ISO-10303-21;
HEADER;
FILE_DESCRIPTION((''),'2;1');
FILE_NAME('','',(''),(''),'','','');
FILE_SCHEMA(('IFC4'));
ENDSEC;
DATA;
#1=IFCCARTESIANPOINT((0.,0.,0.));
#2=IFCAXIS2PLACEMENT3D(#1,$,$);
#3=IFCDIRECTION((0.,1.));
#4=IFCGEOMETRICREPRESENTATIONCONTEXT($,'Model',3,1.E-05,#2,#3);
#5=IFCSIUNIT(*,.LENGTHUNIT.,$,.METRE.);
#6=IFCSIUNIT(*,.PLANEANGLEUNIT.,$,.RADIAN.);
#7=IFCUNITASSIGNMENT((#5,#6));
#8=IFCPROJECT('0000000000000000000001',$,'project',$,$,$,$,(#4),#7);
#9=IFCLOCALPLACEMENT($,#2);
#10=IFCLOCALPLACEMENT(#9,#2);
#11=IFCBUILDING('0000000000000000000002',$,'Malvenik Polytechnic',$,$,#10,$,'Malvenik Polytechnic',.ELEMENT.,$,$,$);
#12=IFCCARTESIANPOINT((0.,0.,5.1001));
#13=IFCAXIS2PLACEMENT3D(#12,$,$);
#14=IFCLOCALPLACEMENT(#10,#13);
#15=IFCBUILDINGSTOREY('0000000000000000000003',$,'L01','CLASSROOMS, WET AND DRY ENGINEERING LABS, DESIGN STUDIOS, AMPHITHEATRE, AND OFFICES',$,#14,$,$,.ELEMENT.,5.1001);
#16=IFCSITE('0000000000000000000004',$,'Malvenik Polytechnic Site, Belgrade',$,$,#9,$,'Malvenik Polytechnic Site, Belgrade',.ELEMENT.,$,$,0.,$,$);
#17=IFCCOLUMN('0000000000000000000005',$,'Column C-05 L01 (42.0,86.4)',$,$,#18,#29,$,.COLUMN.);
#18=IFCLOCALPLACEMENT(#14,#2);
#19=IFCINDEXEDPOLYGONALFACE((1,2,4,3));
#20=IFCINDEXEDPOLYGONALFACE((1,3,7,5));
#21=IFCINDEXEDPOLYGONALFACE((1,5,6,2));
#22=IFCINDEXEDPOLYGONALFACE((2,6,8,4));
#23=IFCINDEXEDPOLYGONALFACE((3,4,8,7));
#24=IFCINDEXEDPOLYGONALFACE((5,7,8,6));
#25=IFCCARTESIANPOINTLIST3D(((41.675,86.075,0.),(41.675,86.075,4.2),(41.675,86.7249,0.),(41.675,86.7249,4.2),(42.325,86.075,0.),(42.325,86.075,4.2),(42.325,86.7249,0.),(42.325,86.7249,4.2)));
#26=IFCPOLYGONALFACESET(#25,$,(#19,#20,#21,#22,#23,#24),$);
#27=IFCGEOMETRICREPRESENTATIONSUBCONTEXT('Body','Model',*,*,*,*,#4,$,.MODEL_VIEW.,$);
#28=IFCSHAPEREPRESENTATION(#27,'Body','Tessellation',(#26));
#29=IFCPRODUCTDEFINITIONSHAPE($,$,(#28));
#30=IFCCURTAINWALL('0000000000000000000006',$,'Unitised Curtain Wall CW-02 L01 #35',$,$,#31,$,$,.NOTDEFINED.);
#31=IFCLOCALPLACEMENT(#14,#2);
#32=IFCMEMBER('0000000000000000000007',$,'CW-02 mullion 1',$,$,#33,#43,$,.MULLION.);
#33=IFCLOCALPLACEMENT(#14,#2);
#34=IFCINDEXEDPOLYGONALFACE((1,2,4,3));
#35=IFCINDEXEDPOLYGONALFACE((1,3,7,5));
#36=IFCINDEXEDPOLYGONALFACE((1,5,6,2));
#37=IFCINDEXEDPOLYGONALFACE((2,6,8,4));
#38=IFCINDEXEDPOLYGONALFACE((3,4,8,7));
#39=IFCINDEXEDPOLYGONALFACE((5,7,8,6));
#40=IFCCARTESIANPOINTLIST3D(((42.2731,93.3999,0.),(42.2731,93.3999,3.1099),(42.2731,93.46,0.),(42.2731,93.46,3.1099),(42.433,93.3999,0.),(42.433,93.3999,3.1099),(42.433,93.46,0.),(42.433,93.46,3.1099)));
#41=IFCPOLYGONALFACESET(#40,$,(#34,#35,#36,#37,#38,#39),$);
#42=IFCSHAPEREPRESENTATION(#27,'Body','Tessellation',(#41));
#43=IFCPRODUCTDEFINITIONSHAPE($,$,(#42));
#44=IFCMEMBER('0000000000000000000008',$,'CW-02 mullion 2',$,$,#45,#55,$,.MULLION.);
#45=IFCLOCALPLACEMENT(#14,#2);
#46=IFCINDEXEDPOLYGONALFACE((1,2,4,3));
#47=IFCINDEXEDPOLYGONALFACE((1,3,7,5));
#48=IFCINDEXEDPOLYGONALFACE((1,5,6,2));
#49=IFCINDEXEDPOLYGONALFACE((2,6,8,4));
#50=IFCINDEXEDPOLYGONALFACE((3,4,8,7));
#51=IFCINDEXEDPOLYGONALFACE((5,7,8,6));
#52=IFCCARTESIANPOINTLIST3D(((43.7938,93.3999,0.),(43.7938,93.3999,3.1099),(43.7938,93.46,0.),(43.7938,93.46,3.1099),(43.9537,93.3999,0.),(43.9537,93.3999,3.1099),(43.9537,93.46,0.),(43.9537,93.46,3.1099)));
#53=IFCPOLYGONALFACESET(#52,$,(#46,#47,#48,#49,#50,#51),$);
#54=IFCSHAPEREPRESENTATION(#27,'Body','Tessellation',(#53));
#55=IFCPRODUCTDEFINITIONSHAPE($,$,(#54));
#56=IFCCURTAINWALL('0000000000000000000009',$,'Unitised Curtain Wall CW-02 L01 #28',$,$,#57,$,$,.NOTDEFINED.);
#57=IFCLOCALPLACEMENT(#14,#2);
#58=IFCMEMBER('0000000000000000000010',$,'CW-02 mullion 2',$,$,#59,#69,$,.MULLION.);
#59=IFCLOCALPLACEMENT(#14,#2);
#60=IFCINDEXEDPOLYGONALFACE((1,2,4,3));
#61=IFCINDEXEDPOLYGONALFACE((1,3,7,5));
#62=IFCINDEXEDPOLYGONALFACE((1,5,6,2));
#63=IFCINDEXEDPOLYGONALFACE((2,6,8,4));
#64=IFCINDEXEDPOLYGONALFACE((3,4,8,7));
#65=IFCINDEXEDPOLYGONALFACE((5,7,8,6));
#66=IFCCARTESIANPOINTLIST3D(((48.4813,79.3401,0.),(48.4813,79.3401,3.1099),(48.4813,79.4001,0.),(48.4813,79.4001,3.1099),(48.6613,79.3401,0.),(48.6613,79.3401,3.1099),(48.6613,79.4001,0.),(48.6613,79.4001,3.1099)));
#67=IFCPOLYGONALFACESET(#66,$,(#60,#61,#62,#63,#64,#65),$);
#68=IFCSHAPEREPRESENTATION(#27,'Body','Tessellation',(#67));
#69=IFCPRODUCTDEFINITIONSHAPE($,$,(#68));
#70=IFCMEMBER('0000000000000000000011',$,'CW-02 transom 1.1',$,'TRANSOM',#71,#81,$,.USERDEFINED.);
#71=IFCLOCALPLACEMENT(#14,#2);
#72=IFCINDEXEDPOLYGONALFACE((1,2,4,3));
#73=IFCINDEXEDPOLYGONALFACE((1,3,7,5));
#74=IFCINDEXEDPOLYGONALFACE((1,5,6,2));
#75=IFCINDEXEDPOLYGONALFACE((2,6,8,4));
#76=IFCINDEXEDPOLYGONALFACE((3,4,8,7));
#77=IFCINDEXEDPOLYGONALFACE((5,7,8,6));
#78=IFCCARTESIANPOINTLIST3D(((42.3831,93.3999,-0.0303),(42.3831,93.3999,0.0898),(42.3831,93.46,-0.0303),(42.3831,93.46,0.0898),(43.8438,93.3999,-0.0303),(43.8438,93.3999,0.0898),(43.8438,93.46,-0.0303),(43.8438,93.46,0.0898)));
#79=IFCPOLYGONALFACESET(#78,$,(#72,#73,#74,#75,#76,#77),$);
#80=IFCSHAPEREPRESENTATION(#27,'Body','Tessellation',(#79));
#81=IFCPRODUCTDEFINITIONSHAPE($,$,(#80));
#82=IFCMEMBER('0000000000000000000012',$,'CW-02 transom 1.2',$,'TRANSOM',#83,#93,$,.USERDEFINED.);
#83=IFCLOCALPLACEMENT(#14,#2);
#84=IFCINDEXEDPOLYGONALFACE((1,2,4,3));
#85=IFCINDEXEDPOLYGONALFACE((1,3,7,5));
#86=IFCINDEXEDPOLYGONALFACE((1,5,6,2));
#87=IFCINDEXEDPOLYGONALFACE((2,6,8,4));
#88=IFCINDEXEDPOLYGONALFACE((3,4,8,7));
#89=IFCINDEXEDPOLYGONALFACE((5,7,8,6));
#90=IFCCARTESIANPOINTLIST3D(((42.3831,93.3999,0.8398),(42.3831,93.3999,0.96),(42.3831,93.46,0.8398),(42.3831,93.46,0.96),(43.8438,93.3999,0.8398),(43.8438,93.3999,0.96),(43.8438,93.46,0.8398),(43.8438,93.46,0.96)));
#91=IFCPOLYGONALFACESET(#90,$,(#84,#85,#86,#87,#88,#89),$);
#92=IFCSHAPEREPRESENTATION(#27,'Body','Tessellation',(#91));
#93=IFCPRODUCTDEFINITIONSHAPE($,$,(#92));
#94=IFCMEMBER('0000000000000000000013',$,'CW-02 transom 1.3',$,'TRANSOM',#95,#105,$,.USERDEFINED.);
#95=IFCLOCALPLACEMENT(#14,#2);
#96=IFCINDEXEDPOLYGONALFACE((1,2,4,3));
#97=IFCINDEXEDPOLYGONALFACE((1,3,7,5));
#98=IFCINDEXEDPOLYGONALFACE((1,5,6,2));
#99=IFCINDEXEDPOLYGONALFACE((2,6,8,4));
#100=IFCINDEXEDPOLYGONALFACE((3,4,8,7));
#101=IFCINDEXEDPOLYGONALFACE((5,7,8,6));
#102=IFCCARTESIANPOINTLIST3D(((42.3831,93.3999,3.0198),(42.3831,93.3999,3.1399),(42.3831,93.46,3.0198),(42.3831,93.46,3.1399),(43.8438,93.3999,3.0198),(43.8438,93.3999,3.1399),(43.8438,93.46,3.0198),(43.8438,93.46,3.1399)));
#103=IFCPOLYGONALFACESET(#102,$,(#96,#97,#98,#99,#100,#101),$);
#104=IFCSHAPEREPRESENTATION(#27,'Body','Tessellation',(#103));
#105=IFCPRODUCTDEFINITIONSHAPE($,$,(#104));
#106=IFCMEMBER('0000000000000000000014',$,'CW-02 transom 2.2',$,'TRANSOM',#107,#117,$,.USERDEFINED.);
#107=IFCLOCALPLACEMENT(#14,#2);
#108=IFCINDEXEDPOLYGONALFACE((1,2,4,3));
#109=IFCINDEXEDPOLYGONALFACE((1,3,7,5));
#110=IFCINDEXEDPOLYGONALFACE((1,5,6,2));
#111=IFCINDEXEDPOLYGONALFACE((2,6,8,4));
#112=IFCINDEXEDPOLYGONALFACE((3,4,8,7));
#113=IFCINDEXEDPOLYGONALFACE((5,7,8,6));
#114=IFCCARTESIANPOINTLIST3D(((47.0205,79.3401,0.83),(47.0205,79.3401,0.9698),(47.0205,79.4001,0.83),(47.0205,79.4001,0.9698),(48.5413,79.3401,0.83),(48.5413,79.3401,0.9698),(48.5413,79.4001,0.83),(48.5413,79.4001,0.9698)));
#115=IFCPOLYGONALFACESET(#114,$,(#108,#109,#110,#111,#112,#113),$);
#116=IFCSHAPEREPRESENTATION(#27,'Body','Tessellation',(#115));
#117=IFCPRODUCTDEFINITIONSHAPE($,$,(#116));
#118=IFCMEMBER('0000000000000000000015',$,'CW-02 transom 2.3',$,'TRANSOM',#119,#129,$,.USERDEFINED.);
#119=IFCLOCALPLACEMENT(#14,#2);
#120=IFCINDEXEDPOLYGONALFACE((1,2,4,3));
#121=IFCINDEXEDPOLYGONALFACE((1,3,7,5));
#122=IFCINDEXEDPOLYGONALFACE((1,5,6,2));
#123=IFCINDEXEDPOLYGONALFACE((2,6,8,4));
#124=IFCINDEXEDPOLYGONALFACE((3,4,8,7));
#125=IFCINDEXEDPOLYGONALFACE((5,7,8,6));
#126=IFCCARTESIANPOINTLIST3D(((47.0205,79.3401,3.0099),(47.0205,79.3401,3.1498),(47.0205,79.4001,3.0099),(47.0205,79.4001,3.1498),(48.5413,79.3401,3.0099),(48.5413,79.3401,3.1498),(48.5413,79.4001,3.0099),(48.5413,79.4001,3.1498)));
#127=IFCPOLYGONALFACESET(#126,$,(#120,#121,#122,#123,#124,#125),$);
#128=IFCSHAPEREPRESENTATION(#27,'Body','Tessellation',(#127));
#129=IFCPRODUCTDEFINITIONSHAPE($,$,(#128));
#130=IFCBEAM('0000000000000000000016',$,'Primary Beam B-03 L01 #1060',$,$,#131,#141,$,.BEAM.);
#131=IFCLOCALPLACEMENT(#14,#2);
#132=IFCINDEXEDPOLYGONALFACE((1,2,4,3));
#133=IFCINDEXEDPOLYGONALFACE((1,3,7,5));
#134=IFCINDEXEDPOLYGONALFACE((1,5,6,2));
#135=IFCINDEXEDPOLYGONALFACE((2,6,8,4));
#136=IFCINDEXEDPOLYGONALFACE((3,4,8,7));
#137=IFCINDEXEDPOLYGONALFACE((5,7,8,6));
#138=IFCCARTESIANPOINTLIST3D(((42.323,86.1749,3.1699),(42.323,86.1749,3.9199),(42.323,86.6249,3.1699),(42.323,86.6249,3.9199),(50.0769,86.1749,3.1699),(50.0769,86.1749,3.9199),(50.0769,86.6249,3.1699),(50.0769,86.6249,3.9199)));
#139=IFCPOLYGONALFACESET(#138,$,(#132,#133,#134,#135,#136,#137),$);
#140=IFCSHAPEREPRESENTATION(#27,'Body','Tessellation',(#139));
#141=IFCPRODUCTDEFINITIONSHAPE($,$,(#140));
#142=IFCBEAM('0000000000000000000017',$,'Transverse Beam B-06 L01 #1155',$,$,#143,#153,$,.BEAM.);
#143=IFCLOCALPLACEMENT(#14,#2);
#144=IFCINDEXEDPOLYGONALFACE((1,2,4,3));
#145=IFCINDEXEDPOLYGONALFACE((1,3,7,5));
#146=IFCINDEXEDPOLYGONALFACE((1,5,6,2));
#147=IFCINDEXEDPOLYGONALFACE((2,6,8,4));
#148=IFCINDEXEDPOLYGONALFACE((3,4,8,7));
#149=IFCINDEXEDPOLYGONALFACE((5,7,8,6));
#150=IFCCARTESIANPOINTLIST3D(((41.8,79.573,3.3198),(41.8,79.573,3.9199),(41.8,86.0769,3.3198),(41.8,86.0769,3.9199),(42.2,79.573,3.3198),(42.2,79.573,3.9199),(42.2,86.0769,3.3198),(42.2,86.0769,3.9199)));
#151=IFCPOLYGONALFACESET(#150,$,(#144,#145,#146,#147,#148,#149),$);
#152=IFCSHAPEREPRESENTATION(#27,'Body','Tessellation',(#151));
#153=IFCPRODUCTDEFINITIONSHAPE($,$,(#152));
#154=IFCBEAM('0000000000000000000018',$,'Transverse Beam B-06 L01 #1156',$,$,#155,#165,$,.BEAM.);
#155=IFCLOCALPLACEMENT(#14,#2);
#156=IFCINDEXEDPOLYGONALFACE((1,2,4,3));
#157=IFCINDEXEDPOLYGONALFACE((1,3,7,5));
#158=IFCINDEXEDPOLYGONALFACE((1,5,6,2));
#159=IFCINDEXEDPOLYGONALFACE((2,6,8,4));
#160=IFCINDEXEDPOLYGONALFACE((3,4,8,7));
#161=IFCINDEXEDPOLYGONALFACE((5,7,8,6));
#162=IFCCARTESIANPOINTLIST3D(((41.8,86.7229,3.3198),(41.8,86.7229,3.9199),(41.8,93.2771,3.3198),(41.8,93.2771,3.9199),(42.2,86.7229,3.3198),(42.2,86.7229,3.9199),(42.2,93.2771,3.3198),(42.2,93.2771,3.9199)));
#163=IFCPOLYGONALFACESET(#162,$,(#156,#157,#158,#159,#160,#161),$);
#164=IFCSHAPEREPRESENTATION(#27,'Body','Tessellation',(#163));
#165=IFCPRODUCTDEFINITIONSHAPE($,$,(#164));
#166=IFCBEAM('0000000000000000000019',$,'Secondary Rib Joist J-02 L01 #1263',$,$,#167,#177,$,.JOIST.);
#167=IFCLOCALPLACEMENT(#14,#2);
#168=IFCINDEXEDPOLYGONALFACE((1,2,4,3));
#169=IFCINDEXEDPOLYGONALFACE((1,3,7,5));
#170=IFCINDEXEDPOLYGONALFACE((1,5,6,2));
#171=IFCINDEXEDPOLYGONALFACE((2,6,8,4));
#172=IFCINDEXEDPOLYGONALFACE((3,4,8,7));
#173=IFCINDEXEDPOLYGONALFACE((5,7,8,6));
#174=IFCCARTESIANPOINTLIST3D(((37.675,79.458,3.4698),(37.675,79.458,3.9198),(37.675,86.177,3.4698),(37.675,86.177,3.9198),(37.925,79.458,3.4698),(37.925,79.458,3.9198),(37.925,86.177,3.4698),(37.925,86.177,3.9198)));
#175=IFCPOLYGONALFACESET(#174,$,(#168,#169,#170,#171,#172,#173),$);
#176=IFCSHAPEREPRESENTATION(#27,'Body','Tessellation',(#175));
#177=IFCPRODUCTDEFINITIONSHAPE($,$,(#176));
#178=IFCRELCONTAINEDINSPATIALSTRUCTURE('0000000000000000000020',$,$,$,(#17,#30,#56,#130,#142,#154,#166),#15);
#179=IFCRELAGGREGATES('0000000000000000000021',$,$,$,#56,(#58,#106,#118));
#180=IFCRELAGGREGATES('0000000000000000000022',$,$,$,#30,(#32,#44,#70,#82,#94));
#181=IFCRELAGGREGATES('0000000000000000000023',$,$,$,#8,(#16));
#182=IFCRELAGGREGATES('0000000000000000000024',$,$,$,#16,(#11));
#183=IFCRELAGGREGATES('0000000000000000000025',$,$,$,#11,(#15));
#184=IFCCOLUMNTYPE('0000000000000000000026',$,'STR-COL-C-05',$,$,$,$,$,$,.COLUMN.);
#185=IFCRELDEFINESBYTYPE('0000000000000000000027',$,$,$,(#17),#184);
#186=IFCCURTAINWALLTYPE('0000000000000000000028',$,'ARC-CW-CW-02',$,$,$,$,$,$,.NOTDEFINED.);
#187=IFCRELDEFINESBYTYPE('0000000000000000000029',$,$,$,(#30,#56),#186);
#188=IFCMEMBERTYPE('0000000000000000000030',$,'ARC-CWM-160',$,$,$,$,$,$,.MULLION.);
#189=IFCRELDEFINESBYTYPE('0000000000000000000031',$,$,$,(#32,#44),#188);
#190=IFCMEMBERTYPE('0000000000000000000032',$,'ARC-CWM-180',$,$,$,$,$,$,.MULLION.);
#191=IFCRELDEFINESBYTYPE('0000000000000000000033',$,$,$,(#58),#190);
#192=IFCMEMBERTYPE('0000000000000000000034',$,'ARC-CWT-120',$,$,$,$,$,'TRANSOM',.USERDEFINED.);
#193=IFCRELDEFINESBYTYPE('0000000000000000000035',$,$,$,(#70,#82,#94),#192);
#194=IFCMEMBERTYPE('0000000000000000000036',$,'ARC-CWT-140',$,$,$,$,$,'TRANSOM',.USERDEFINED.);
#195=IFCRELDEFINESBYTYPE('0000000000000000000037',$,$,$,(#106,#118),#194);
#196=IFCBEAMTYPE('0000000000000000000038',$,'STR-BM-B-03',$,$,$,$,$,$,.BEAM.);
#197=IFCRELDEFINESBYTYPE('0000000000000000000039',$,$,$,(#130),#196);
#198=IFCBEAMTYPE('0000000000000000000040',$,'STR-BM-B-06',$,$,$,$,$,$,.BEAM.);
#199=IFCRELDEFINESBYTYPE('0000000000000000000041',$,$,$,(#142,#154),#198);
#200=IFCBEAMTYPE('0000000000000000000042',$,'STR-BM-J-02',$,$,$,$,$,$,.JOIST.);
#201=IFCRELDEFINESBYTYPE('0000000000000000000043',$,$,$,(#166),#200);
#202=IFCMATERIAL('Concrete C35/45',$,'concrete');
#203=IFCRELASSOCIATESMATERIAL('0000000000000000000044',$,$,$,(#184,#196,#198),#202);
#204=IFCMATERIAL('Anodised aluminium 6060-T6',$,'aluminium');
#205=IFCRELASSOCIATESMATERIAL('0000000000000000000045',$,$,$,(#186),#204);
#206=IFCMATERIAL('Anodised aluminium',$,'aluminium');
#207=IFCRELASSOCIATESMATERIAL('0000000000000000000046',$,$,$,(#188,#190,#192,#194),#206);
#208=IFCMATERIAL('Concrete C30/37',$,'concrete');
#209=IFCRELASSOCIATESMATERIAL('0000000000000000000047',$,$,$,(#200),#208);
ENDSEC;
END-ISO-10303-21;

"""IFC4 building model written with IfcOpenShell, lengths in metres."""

from ifc_helpers import new_model, si_unit, direction, frame, origin, origin_2d, place, context, subcontext, project, spatial, rectangle, extrude, material, material_profile, profile_set, type_object, element, aggregate, save


model = new_model("IFC4")

# Units and contexts
model_context = context("Model", 3, precision=1e-05, world=origin(), true_north=direction((0.0, 1.0)))
body_context = subcontext(model_context, "Body", "Model", "MODEL_VIEW")
ifc_project = project(units=[si_unit("LENGTHUNIT", "METRE"), si_unit("PLANEANGLEUNIT", "RADIAN")], contexts=[model_context])

# Site, building, storey
site_placement = place(None, origin())
site = spatial("IfcSite", under=ifc_project, at=site_placement, Name="Malvenik Polytechnic Site, Belgrade", LongName="Malvenik Polytechnic Site, Belgrade", CompositionType="ELEMENT", RefElevation=0.0)
building_placement = place(site_placement, origin())
building = spatial("IfcBuilding", under=site, at=building_placement, Name="Malvenik Polytechnic", LongName="Malvenik Polytechnic", CompositionType="ELEMENT")
storey_placement = place(building_placement, frame((0.0, 0.0, 5.1001)))
storey = spatial("IfcBuildingStorey", under=building, at=storey_placement, Name="L01", Description="CLASSROOMS, WET AND DRY ENGINEERING LABS, DESIGN STUDIOS, AMPHITHEATRE, AND OFFICES", CompositionType="ELEMENT", Elevation=5.1001)

# Column
ifc_material_1 = material(Name="Concrete C35/45", Category="concrete")
ifc_material_profile_1 = material_profile(ifc_material_1, rectangle(XDim=0.6499, YDim=0.6499, at=origin_2d()), Name="RC COL 650x650")
ifc_profile_set_1 = profile_set([ifc_material_profile_1], Name="Concrete C35/45")
column_type = type_object("IfcColumnType", Name="STR-COL-C-05", PredefinedType="COLUMN", material=ifc_profile_set_1)
column_placement = place(storey_placement, frame((42.0, 86.3999, 0.0), z_axis=(0.0, 0.0, 1.0), x_axis=(1.0, 0.0, 0.0)))
element("IfcColumn", 1, at=column_placement, inside=storey, type_object=column_type, Name="Column C-05 L01 (42.0,86.4)", PredefinedType="COLUMN", context=body_context, shape_type="SweptSolid", body=[
    extrude(rectangle(XDim=0.6499, YDim=0.6499, at=origin_2d()), origin(), (0.0, 0.0, 1.0), 4.2),
])

# Curtain wall, members
ifc_material_2 = material(Name="Anodised aluminium 6060-T6", Category="aluminium")
curtain_wall_type = type_object("IfcCurtainWallType", Name="ARC-CW-CW-02", PredefinedType="NOTDEFINED", material=ifc_material_2)
curtain_wall_1_placement = place(storey_placement, origin())
curtain_wall_1 = element("IfcCurtainWall", 2, at=curtain_wall_1_placement, inside=storey, type_object=curtain_wall_type, Name="Unitised Curtain Wall CW-02 L01 #35", PredefinedType="NOTDEFINED")
ifc_material_3 = material(Name="Anodised aluminium", Category="aluminium")
ifc_material_profile_2 = material_profile(ifc_material_3, rectangle(XDim=0.0601, YDim=0.1599, at=origin_2d()), Name="ALU MULLION 60x160")
ifc_profile_set_2 = profile_set([ifc_material_profile_2], Name="Anodised aluminium")
member_type_1 = type_object("IfcMemberType", Name="ARC-CWM-160", PredefinedType="MULLION", material=ifc_profile_set_2)
member_1_placement = place(storey_placement, frame((42.353, 93.4299, 0.0), z_axis=(0.0, 0.0, 1.0), x_axis=(0.0, 1.0, 0.0)))
member_1 = element("IfcMember", 3, at=member_1_placement, type_object=member_type_1, Name="CW-02 mullion 1", PredefinedType="MULLION", context=body_context, shape_type="SweptSolid", body=[
    extrude(rectangle(XDim=0.0601, YDim=0.1599, at=origin_2d()), origin(), (0.0, 0.0, 1.0), 3.1099),
])
member_2_placement = place(storey_placement, frame((43.8738, 93.4299, 0.0), z_axis=(0.0, 0.0, 1.0), x_axis=(0.0, 1.0, 0.0)))
member_2 = element("IfcMember", 4, at=member_2_placement, type_object=member_type_1, Name="CW-02 mullion 2", PredefinedType="MULLION", context=body_context, shape_type="SweptSolid", body=[
    extrude(rectangle(XDim=0.0601, YDim=0.1599, at=origin_2d()), origin(), (0.0, 0.0, 1.0), 3.1099),
])

# Curtain wall, member
curtain_wall_2_placement = place(storey_placement, origin())
curtain_wall_2 = element("IfcCurtainWall", 5, at=curtain_wall_2_placement, inside=storey, type_object=curtain_wall_type, Name="Unitised Curtain Wall CW-02 L01 #28", PredefinedType="NOTDEFINED")
ifc_material_profile_3 = material_profile(ifc_material_3, rectangle(XDim=0.0601, YDim=0.1799, at=origin_2d()), Name="ALU MULLION 60x180")
ifc_profile_set_3 = profile_set([ifc_material_profile_3], Name="Anodised aluminium")
member_type_2 = type_object("IfcMemberType", Name="ARC-CWM-180", PredefinedType="MULLION", material=ifc_profile_set_3)
member_3_placement = place(storey_placement, frame((48.5713, 79.3701, 0.0), z_axis=(0.0, 0.0, 1.0), x_axis=(0.0, -1.0, 0.0)))
member_3 = element("IfcMember", 6, at=member_3_placement, type_object=member_type_2, Name="CW-02 mullion 2", PredefinedType="MULLION", context=body_context, shape_type="SweptSolid", body=[
    extrude(rectangle(XDim=0.0601, YDim=0.1799, at=origin_2d()), origin(), (0.0, 0.0, 1.0), 3.1099),
])

# Members
ifc_material_profile_4 = material_profile(ifc_material_3, rectangle(XDim=0.0601, YDim=0.1201, at=origin_2d()), Name="ALU TRANSOM 60x120")
ifc_profile_set_4 = profile_set([ifc_material_profile_4], Name="Anodised aluminium")
member_type_3 = type_object("IfcMemberType", Name="ARC-CWT-120", ElementType="TRANSOM", PredefinedType="USERDEFINED", material=ifc_profile_set_4)
member_4_placement = place(storey_placement, frame((42.3831, 93.4299, 0.0298), z_axis=(1.0, 0.0, 0.0), x_axis=(0.0, 1.0, 0.0)))
member_4 = element("IfcMember", 7, at=member_4_placement, type_object=member_type_3, Name="CW-02 transom 1.1", ObjectType="TRANSOM", PredefinedType="USERDEFINED", context=body_context, shape_type="SweptSolid", body=[
    extrude(rectangle(XDim=0.0601, YDim=0.1201, at=origin_2d()), origin(), (0.0, 0.0, 1.0), 1.4607),
])
member_5_placement = place(storey_placement, frame((42.3831, 93.4299, 0.8999), z_axis=(1.0, 0.0, 0.0), x_axis=(0.0, 1.0, 0.0)))
member_5 = element("IfcMember", 8, at=member_5_placement, type_object=member_type_3, Name="CW-02 transom 1.2", ObjectType="TRANSOM", PredefinedType="USERDEFINED", context=body_context, shape_type="SweptSolid", body=[
    extrude(rectangle(XDim=0.0601, YDim=0.1201, at=origin_2d()), origin(), (0.0, 0.0, 1.0), 1.4607),
])
member_6_placement = place(storey_placement, frame((42.3831, 93.4299, 3.0798), z_axis=(1.0, 0.0, 0.0), x_axis=(0.0, 1.0, 0.0)))
member_6 = element("IfcMember", 9, at=member_6_placement, type_object=member_type_3, Name="CW-02 transom 1.3", ObjectType="TRANSOM", PredefinedType="USERDEFINED", context=body_context, shape_type="SweptSolid", body=[
    extrude(rectangle(XDim=0.0601, YDim=0.1201, at=origin_2d()), origin(), (0.0, 0.0, 1.0), 1.4607),
])
ifc_material_profile_5 = material_profile(ifc_material_3, rectangle(XDim=0.0601, YDim=0.1399, at=origin_2d()), Name="ALU TRANSOM 60x140")
ifc_profile_set_5 = profile_set([ifc_material_profile_5], Name="Anodised aluminium")
member_type_4 = type_object("IfcMemberType", Name="ARC-CWT-140", ElementType="TRANSOM", PredefinedType="USERDEFINED", material=ifc_profile_set_5)
member_7_placement = place(storey_placement, frame((48.5413, 79.3701, 0.8999), z_axis=(-1.0, 0.0, 0.0), x_axis=(0.0, -1.0, 0.0)))
member_7 = element("IfcMember", 10, at=member_7_placement, type_object=member_type_4, Name="CW-02 transom 2.2", ObjectType="TRANSOM", PredefinedType="USERDEFINED", context=body_context, shape_type="SweptSolid", body=[
    extrude(rectangle(XDim=0.0601, YDim=0.1399, at=origin_2d()), origin(), (0.0, 0.0, 1.0), 1.5208),
])
member_8_placement = place(storey_placement, frame((48.5413, 79.3701, 3.0798), z_axis=(-1.0, 0.0, 0.0), x_axis=(0.0, -1.0, 0.0)))
member_8 = element("IfcMember", 11, at=member_8_placement, type_object=member_type_4, Name="CW-02 transom 2.3", ObjectType="TRANSOM", PredefinedType="USERDEFINED", context=body_context, shape_type="SweptSolid", body=[
    extrude(rectangle(XDim=0.0601, YDim=0.1399, at=origin_2d()), origin(), (0.0, 0.0, 1.0), 1.5208),
])
aggregate(curtain_wall_2, [member_3, member_7, member_8])

# Beams
ifc_material_profile_6 = material_profile(ifc_material_1, rectangle(XDim=0.45, YDim=0.75, at=origin_2d()), Name="RC BM 450x750")
ifc_profile_set_6 = profile_set([ifc_material_profile_6], Name="Concrete C35/45")
beam_type_1 = type_object("IfcBeamType", Name="STR-BM-B-03", PredefinedType="BEAM", material=ifc_profile_set_6)
beam_1_placement = place(storey_placement, frame((42.323, 86.3999, 3.5449), z_axis=(1.0, 0.0, 0.0), x_axis=(0.0, 1.0, 0.0)))
element("IfcBeam", 12, at=beam_1_placement, inside=storey, type_object=beam_type_1, Name="Primary Beam B-03 L01 #1060", PredefinedType="BEAM", context=body_context, shape_type="SweptSolid", body=[
    extrude(rectangle(XDim=0.45, YDim=0.75, at=origin_2d()), origin(), (0.0, 0.0, 1.0), 7.7539),
])
ifc_material_profile_7 = material_profile(ifc_material_1, rectangle(XDim=0.3999, YDim=0.6001, at=origin_2d()), Name="RC BM 400x600")
ifc_profile_set_7 = profile_set([ifc_material_profile_7], Name="Concrete C35/45")
beam_type_2 = type_object("IfcBeamType", Name="STR-BM-B-06", PredefinedType="BEAM", material=ifc_profile_set_7)
beam_2_placement = place(storey_placement, frame((42.0, 79.573, 3.6199), z_axis=(0.0, 1.0, 0.0), x_axis=(-1.0, 0.0, 0.0)))
element("IfcBeam", 13, at=beam_2_placement, inside=storey, type_object=beam_type_2, Name="Transverse Beam B-06 L01 #1155", PredefinedType="BEAM", context=body_context, shape_type="SweptSolid", body=[
    extrude(rectangle(XDim=0.3999, YDim=0.6001, at=origin_2d()), origin(), (0.0, 0.0, 1.0), 6.5039),
])
beam_3_placement = place(storey_placement, frame((42.0, 86.7229, 3.6199), z_axis=(0.0, 1.0, 0.0), x_axis=(-1.0, 0.0, 0.0)))
element("IfcBeam", 14, at=beam_3_placement, inside=storey, type_object=beam_type_2, Name="Transverse Beam B-06 L01 #1156", PredefinedType="BEAM", context=body_context, shape_type="SweptSolid", body=[
    extrude(rectangle(XDim=0.3999, YDim=0.6001, at=origin_2d()), origin(), (0.0, 0.0, 1.0), 6.5542),
])
ifc_material_4 = material(Name="Concrete C30/37", Category="concrete")
ifc_material_profile_8 = material_profile(ifc_material_4, rectangle(XDim=0.25, YDim=0.45, at=origin_2d()), Name="RC JST 250x450")
ifc_profile_set_8 = profile_set([ifc_material_profile_8], Name="Concrete C30/37")
beam_type_3 = type_object("IfcBeamType", Name="STR-BM-J-02", PredefinedType="JOIST", material=ifc_profile_set_8)
for number, where, z_axis, x_axis, name in (
    (15, (37.8, 79.458, 3.6948), (0.0, 1.0, 0.0), (-1.0, 0.0, 0.0), "Secondary Rib Joist J-02 L01 #1263"),
):
    element("IfcBeam", number, at=place(storey_placement, frame(where, z_axis=z_axis, x_axis=x_axis)), inside=storey, type_object=beam_type_3, Name=name, PredefinedType="JOIST", context=body_context, shape_type="SweptSolid", body=[
        extrude(rectangle(XDim=0.25, YDim=0.45, at=origin_2d()), origin(), (0.0, 0.0, 1.0), 6.719),
    ])

aggregate(curtain_wall_1, [member_1, member_2, member_4, member_5, member_6])

save(model, "model.ifc")
